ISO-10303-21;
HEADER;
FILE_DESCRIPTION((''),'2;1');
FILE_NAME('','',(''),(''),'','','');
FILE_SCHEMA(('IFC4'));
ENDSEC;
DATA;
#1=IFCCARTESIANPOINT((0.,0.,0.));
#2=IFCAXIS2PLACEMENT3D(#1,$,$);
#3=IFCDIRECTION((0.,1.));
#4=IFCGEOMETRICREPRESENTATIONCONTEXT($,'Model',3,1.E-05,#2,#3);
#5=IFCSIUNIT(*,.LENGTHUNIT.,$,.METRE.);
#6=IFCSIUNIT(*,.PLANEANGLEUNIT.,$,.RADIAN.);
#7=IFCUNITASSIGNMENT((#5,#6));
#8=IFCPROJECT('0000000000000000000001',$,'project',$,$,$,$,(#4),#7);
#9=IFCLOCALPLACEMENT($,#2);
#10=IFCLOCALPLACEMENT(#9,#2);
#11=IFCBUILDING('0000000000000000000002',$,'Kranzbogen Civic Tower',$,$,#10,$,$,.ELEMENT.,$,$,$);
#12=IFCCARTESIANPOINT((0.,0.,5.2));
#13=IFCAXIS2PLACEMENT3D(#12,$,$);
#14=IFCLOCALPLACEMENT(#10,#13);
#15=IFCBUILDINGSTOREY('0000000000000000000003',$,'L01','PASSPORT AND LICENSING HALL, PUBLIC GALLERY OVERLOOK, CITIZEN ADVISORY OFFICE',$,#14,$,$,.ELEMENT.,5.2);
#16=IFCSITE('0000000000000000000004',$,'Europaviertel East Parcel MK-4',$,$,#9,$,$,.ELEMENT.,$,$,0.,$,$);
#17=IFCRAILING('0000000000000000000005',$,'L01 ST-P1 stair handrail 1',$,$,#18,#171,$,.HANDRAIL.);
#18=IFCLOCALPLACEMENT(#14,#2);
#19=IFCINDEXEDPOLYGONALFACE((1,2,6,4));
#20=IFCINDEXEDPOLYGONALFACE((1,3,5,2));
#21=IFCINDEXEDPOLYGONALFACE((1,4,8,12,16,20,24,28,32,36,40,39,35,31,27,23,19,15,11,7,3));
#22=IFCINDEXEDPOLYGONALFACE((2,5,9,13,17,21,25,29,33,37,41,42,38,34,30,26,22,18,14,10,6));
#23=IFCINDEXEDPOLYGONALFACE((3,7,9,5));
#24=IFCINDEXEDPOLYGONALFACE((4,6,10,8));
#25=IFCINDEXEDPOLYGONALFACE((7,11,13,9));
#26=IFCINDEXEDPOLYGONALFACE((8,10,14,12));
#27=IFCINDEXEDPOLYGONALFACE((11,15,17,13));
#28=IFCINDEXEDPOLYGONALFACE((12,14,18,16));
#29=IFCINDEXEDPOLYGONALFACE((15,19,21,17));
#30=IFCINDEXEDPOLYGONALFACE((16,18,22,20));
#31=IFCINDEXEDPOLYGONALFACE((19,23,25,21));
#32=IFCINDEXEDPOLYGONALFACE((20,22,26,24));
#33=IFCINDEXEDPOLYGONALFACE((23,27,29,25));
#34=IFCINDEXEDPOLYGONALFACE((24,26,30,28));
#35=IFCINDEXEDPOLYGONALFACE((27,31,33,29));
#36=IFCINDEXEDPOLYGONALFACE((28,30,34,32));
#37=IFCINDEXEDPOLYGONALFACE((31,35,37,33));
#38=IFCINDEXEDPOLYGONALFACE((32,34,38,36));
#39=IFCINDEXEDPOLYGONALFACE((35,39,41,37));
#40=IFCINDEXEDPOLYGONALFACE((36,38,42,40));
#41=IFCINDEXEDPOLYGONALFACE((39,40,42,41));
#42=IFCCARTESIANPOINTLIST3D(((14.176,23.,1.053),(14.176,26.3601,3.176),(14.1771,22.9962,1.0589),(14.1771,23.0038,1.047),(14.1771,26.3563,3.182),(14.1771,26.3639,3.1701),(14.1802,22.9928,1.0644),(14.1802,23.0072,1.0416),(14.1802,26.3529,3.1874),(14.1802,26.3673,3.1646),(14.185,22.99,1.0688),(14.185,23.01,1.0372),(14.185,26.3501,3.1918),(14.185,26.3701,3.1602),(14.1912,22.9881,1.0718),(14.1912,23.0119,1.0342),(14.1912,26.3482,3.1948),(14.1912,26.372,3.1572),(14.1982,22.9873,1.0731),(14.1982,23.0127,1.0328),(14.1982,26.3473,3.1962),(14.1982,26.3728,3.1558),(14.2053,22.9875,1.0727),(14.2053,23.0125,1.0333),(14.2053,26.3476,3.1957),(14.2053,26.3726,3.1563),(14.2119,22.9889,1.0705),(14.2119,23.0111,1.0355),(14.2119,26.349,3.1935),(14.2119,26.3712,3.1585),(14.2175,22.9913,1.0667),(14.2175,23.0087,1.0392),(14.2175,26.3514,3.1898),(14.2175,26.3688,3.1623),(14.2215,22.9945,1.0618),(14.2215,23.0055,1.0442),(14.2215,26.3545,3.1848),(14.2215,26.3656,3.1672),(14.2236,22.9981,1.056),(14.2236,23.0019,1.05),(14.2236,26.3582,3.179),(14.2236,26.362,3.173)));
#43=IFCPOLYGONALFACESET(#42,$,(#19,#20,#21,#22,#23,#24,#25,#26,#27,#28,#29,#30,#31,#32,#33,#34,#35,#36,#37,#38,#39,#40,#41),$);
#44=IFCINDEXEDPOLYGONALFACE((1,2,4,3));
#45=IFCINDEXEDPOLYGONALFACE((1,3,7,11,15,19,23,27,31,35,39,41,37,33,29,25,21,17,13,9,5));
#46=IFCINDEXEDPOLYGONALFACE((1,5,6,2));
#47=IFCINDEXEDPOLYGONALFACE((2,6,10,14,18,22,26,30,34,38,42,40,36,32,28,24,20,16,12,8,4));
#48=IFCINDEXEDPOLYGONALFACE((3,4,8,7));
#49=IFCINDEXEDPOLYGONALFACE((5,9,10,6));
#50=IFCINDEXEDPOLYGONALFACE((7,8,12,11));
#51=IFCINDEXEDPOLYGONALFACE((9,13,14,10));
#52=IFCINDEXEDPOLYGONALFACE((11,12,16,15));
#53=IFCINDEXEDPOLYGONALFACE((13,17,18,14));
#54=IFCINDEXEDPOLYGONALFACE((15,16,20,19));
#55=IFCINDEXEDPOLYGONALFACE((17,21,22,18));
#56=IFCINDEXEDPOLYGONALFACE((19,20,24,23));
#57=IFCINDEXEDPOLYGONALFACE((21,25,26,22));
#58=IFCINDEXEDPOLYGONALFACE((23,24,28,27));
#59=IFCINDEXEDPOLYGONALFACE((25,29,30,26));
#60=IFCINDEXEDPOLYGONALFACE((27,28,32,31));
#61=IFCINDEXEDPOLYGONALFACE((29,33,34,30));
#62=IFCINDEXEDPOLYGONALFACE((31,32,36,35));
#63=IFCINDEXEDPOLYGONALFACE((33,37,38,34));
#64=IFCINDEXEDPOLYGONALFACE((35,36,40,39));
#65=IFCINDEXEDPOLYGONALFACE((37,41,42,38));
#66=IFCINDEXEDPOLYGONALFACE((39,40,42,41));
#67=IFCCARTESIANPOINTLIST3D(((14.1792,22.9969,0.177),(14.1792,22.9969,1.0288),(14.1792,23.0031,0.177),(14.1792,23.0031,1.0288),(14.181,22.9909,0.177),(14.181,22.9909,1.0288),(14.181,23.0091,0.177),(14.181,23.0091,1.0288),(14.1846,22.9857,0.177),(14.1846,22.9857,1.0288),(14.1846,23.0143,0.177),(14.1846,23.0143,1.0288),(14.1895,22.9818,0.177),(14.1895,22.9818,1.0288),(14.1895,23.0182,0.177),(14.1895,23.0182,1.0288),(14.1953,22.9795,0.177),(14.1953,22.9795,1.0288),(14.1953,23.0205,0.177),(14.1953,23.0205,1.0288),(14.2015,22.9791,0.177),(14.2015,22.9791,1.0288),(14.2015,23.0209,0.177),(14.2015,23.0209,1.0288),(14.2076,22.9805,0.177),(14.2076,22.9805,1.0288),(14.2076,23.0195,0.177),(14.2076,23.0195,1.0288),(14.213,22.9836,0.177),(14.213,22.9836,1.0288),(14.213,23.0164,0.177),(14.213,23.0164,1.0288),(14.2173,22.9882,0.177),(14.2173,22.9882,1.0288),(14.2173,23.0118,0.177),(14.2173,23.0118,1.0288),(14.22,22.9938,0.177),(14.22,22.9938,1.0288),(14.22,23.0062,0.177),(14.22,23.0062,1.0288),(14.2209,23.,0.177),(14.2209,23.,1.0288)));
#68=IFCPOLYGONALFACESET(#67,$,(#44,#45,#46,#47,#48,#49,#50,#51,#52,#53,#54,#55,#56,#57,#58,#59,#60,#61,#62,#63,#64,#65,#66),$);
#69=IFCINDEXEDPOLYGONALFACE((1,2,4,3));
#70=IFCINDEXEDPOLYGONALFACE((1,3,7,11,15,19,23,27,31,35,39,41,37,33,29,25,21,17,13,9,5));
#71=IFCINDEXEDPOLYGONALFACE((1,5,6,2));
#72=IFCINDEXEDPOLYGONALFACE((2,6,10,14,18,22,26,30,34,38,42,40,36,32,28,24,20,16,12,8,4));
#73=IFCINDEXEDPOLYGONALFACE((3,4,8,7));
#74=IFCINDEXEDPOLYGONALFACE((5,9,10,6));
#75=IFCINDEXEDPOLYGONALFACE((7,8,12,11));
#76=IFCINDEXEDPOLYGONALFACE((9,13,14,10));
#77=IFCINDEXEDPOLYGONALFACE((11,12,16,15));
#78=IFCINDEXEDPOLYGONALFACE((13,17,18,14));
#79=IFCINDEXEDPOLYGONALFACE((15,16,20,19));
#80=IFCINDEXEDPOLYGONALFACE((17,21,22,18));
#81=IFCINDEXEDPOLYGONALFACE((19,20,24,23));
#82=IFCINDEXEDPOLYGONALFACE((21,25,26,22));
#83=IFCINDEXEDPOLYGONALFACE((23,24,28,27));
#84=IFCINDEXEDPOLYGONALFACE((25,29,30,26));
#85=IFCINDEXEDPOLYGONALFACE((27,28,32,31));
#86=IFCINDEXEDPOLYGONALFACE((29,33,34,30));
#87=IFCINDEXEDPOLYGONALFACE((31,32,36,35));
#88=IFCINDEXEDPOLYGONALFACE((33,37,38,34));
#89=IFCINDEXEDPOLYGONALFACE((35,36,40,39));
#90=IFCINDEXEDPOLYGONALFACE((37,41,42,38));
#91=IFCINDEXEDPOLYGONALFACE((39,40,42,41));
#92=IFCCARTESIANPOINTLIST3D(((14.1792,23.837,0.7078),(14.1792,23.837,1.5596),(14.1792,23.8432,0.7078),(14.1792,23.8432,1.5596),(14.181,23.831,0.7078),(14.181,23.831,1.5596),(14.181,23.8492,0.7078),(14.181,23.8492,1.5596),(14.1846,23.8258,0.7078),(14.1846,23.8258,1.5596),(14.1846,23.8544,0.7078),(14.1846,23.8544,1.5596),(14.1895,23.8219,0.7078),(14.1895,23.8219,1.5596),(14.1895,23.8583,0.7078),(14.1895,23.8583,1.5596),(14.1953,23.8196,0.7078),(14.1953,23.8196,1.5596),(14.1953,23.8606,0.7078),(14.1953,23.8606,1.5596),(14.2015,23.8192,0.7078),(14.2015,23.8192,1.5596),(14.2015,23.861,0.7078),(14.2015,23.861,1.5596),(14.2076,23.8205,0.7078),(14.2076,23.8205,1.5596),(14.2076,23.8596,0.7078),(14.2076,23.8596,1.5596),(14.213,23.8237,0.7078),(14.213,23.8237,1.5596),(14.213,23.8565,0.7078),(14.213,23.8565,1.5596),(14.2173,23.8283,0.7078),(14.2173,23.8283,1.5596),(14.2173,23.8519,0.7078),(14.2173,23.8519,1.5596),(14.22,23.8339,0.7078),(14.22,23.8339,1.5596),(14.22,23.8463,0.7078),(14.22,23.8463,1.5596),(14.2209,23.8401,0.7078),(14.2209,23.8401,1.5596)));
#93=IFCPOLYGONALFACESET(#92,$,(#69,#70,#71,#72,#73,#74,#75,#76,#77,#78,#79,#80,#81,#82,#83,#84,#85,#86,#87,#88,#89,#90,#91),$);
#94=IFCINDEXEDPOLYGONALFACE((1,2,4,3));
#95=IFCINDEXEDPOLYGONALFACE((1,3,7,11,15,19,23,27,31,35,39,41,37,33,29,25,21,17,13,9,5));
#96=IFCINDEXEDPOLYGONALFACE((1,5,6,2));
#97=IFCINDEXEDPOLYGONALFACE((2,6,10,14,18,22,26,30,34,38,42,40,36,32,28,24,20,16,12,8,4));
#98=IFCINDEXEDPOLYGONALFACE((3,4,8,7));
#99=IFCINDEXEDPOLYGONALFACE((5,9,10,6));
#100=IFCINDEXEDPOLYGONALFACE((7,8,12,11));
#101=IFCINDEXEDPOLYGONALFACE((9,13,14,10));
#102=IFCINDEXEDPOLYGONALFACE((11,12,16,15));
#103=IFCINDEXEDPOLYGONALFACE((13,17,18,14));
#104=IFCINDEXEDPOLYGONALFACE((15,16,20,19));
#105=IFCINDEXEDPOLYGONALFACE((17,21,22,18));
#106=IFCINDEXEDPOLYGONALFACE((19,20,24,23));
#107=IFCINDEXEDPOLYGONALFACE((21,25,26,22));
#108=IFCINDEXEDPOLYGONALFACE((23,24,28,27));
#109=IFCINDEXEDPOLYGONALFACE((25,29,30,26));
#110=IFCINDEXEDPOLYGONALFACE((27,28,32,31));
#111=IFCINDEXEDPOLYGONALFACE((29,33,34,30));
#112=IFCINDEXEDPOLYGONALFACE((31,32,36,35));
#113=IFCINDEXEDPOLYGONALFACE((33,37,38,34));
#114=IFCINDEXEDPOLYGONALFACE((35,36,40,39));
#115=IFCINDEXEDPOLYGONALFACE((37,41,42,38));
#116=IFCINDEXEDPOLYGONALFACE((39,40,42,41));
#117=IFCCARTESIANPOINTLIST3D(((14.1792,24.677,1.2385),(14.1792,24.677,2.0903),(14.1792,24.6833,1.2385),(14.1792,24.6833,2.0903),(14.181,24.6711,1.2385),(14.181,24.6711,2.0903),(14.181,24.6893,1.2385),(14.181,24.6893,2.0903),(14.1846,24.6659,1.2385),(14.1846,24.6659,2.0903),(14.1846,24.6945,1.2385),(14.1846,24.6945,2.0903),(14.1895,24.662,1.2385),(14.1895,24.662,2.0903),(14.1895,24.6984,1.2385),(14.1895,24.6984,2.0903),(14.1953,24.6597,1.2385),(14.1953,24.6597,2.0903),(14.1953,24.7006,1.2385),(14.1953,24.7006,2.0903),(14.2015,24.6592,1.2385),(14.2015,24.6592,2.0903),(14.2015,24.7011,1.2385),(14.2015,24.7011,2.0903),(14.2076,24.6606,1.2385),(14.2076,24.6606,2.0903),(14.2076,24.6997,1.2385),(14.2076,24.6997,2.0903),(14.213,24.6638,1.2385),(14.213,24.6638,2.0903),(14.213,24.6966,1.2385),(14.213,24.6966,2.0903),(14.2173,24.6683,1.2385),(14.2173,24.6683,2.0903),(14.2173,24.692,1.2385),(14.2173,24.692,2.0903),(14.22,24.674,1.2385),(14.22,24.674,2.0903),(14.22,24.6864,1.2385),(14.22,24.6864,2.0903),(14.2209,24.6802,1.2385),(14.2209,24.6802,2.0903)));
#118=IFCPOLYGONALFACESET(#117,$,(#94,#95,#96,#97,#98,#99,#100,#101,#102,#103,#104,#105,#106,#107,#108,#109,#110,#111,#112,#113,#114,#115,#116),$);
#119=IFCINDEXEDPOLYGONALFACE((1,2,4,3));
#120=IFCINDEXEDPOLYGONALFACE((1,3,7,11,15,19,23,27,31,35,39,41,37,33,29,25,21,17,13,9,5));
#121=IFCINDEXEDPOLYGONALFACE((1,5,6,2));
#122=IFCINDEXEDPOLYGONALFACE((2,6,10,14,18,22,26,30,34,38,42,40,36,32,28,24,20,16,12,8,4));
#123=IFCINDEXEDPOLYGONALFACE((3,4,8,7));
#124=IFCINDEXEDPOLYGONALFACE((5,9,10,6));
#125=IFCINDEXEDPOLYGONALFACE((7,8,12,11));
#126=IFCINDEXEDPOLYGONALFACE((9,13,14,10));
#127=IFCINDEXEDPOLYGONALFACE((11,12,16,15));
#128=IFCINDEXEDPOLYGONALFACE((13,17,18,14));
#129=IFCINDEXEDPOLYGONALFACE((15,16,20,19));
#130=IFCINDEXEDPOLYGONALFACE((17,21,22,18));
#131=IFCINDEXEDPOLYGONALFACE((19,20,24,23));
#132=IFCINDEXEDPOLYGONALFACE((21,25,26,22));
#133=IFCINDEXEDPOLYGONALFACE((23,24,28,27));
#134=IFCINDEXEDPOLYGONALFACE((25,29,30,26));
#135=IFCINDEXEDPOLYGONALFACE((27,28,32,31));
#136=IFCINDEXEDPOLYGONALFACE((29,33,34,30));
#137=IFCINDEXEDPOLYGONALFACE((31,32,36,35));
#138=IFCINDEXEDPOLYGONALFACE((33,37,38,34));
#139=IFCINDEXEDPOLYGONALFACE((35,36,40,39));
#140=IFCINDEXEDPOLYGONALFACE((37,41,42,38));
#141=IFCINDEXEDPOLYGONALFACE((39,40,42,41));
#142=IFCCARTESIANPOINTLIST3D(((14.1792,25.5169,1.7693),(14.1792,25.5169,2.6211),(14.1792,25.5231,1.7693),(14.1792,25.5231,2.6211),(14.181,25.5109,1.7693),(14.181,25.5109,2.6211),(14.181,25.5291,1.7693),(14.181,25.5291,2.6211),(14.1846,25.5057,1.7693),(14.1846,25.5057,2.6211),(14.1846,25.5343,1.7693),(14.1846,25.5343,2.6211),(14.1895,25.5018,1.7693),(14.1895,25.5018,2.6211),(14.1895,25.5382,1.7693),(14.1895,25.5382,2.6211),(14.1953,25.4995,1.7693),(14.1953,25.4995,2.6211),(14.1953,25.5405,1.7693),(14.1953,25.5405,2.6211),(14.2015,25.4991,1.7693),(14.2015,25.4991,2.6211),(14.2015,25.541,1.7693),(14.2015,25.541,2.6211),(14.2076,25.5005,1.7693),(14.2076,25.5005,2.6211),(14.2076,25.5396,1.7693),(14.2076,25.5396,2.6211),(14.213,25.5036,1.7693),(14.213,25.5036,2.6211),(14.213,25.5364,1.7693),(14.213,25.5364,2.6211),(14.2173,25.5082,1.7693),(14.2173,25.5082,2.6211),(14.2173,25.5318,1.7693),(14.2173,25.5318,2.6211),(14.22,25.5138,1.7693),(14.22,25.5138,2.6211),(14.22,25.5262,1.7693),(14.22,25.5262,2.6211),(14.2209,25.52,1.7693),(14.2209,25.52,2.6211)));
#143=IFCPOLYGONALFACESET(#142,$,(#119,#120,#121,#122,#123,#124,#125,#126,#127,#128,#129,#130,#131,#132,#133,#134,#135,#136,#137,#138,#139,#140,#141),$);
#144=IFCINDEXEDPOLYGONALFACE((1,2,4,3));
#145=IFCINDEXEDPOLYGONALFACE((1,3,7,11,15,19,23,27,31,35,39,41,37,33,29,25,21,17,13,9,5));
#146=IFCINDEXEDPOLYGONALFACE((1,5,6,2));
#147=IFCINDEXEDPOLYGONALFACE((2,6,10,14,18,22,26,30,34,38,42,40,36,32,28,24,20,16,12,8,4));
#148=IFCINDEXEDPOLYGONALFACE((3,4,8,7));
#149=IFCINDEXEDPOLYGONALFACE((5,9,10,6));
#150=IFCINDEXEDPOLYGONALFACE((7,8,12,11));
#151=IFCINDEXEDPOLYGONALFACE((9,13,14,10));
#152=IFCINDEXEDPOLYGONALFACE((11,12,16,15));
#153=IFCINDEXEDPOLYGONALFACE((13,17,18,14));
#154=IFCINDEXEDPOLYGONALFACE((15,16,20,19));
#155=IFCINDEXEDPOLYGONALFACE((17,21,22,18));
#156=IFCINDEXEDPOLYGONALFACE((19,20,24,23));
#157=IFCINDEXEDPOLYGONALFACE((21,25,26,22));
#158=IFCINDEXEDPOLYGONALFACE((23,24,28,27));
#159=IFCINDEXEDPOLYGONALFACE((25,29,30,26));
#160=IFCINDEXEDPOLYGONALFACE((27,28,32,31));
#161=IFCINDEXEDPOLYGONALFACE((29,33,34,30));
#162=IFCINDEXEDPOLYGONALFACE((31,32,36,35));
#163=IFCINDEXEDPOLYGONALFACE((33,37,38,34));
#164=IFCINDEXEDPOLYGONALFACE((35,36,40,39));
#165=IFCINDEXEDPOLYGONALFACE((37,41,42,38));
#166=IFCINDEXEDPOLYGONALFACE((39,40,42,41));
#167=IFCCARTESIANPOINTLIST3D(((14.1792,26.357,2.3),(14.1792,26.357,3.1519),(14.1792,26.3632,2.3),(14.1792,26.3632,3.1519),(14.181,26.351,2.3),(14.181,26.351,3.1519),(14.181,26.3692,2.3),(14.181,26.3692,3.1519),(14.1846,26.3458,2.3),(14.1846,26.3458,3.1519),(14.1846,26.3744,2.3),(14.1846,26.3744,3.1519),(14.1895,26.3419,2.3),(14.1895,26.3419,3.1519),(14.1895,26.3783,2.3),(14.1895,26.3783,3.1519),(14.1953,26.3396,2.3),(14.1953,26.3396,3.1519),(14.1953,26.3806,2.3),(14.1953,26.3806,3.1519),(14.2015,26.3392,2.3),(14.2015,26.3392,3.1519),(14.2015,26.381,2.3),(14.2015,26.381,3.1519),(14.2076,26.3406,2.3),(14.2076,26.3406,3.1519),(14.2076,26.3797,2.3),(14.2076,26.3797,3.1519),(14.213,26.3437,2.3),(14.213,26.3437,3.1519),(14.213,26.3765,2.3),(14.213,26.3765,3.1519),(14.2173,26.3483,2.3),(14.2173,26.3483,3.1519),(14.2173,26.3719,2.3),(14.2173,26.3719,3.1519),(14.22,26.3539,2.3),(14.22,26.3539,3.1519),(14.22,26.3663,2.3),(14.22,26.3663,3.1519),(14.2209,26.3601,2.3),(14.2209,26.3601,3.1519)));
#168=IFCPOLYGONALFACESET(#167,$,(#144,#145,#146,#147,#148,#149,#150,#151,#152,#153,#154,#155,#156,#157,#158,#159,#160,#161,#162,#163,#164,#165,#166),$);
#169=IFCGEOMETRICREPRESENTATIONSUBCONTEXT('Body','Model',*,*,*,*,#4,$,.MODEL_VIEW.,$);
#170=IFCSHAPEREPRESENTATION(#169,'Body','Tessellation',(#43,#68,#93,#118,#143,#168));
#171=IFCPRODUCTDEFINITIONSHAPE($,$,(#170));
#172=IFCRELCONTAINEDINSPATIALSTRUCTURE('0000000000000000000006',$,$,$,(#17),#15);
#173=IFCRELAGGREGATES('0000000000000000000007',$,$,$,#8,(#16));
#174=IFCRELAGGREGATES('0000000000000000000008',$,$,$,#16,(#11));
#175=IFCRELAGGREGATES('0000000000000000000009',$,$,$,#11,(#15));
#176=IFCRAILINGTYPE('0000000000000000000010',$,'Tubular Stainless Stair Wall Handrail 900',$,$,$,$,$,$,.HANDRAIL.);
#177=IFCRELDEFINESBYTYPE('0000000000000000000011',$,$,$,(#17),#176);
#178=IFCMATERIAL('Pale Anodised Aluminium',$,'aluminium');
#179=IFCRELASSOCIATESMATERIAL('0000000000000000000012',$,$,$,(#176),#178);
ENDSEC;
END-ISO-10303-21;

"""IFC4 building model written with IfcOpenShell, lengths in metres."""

from ifc_helpers import new_model, si_unit, direction, frame, origin, origin_2d, place, context, subcontext, project, spatial, circle, extrude, material, type_object, element, save


model = new_model("IFC4")

# Units and contexts
model_context = context("Model", 3, precision=1e-05, world=origin(), true_north=direction((0.0, 1.0)))
body_context = subcontext(model_context, "Body", "Model", "MODEL_VIEW")
ifc_project = project(units=[si_unit("LENGTHUNIT", "METRE"), si_unit("PLANEANGLEUNIT", "RADIAN")], contexts=[model_context])

# Site, building, storey
site_placement = place(None, origin())
site = spatial("IfcSite", under=ifc_project, at=site_placement, Name="Europaviertel East Parcel MK-4", CompositionType="ELEMENT", RefElevation=0.0)
building_placement = place(site_placement, origin())
building = spatial("IfcBuilding", under=site, at=building_placement, Name="Kranzbogen Civic Tower", CompositionType="ELEMENT")
storey_placement = place(building_placement, frame((0.0, 0.0, 5.2)))
storey = spatial("IfcBuildingStorey", under=building, at=storey_placement, Name="L01", Description="PASSPORT AND LICENSING HALL, PUBLIC GALLERY OVERLOOK, CITIZEN ADVISORY OFFICE", CompositionType="ELEMENT", Elevation=5.2)

# Shared definitions
ifc_material_1 = material(Name="Pale Anodised Aluminium", Category="aluminium")

# Railing
railing_type_1 = type_object("IfcRailingType", Name="Tubular Stainless Stair Wall Handrail 900", PredefinedType="HANDRAIL", material=ifc_material_1)
railing_1_placement = place(storey_placement, frame((14.2, 23.0, 0.177)))
element("IfcRailing", 1, at=railing_1_placement, inside=storey, type_object=railing_type_1, Name="L01 ST-P1 stair handrail 1", PredefinedType="HANDRAIL", context=body_context, shape_type="SweptSolid", body=[
    extrude(circle(Radius=0.0239, at=origin_2d()), frame((0.0, 0.0, 0.876), z_axis=(0.0, 0.84539, 0.53415), x_axis=(-1.0, 0.0, 0.0)), (0.0, 0.0, 1.0), 3.9746),
    extrude(circle(Radius=0.021, at=origin_2d()), origin(), (0.0, 0.0, 1.0), 0.8518),
    extrude(circle(Radius=0.021, at=origin_2d()), frame((0.0, 0.8401, 0.5308)), (0.0, 0.0, 1.0), 0.8518),
    extrude(circle(Radius=0.021, at=origin_2d()), frame((0.0, 1.6802, 1.0615)), (0.0, 0.0, 1.0), 0.8518),
    extrude(circle(Radius=0.021, at=origin_2d()), frame((0.0, 2.52, 1.5923)), (0.0, 0.0, 1.0), 0.8518),
    extrude(circle(Radius=0.021, at=origin_2d()), frame((0.0, 3.3601, 2.123)), (0.0, 0.0, 1.0), 0.8518),
])

save(model, "model.ifc")
